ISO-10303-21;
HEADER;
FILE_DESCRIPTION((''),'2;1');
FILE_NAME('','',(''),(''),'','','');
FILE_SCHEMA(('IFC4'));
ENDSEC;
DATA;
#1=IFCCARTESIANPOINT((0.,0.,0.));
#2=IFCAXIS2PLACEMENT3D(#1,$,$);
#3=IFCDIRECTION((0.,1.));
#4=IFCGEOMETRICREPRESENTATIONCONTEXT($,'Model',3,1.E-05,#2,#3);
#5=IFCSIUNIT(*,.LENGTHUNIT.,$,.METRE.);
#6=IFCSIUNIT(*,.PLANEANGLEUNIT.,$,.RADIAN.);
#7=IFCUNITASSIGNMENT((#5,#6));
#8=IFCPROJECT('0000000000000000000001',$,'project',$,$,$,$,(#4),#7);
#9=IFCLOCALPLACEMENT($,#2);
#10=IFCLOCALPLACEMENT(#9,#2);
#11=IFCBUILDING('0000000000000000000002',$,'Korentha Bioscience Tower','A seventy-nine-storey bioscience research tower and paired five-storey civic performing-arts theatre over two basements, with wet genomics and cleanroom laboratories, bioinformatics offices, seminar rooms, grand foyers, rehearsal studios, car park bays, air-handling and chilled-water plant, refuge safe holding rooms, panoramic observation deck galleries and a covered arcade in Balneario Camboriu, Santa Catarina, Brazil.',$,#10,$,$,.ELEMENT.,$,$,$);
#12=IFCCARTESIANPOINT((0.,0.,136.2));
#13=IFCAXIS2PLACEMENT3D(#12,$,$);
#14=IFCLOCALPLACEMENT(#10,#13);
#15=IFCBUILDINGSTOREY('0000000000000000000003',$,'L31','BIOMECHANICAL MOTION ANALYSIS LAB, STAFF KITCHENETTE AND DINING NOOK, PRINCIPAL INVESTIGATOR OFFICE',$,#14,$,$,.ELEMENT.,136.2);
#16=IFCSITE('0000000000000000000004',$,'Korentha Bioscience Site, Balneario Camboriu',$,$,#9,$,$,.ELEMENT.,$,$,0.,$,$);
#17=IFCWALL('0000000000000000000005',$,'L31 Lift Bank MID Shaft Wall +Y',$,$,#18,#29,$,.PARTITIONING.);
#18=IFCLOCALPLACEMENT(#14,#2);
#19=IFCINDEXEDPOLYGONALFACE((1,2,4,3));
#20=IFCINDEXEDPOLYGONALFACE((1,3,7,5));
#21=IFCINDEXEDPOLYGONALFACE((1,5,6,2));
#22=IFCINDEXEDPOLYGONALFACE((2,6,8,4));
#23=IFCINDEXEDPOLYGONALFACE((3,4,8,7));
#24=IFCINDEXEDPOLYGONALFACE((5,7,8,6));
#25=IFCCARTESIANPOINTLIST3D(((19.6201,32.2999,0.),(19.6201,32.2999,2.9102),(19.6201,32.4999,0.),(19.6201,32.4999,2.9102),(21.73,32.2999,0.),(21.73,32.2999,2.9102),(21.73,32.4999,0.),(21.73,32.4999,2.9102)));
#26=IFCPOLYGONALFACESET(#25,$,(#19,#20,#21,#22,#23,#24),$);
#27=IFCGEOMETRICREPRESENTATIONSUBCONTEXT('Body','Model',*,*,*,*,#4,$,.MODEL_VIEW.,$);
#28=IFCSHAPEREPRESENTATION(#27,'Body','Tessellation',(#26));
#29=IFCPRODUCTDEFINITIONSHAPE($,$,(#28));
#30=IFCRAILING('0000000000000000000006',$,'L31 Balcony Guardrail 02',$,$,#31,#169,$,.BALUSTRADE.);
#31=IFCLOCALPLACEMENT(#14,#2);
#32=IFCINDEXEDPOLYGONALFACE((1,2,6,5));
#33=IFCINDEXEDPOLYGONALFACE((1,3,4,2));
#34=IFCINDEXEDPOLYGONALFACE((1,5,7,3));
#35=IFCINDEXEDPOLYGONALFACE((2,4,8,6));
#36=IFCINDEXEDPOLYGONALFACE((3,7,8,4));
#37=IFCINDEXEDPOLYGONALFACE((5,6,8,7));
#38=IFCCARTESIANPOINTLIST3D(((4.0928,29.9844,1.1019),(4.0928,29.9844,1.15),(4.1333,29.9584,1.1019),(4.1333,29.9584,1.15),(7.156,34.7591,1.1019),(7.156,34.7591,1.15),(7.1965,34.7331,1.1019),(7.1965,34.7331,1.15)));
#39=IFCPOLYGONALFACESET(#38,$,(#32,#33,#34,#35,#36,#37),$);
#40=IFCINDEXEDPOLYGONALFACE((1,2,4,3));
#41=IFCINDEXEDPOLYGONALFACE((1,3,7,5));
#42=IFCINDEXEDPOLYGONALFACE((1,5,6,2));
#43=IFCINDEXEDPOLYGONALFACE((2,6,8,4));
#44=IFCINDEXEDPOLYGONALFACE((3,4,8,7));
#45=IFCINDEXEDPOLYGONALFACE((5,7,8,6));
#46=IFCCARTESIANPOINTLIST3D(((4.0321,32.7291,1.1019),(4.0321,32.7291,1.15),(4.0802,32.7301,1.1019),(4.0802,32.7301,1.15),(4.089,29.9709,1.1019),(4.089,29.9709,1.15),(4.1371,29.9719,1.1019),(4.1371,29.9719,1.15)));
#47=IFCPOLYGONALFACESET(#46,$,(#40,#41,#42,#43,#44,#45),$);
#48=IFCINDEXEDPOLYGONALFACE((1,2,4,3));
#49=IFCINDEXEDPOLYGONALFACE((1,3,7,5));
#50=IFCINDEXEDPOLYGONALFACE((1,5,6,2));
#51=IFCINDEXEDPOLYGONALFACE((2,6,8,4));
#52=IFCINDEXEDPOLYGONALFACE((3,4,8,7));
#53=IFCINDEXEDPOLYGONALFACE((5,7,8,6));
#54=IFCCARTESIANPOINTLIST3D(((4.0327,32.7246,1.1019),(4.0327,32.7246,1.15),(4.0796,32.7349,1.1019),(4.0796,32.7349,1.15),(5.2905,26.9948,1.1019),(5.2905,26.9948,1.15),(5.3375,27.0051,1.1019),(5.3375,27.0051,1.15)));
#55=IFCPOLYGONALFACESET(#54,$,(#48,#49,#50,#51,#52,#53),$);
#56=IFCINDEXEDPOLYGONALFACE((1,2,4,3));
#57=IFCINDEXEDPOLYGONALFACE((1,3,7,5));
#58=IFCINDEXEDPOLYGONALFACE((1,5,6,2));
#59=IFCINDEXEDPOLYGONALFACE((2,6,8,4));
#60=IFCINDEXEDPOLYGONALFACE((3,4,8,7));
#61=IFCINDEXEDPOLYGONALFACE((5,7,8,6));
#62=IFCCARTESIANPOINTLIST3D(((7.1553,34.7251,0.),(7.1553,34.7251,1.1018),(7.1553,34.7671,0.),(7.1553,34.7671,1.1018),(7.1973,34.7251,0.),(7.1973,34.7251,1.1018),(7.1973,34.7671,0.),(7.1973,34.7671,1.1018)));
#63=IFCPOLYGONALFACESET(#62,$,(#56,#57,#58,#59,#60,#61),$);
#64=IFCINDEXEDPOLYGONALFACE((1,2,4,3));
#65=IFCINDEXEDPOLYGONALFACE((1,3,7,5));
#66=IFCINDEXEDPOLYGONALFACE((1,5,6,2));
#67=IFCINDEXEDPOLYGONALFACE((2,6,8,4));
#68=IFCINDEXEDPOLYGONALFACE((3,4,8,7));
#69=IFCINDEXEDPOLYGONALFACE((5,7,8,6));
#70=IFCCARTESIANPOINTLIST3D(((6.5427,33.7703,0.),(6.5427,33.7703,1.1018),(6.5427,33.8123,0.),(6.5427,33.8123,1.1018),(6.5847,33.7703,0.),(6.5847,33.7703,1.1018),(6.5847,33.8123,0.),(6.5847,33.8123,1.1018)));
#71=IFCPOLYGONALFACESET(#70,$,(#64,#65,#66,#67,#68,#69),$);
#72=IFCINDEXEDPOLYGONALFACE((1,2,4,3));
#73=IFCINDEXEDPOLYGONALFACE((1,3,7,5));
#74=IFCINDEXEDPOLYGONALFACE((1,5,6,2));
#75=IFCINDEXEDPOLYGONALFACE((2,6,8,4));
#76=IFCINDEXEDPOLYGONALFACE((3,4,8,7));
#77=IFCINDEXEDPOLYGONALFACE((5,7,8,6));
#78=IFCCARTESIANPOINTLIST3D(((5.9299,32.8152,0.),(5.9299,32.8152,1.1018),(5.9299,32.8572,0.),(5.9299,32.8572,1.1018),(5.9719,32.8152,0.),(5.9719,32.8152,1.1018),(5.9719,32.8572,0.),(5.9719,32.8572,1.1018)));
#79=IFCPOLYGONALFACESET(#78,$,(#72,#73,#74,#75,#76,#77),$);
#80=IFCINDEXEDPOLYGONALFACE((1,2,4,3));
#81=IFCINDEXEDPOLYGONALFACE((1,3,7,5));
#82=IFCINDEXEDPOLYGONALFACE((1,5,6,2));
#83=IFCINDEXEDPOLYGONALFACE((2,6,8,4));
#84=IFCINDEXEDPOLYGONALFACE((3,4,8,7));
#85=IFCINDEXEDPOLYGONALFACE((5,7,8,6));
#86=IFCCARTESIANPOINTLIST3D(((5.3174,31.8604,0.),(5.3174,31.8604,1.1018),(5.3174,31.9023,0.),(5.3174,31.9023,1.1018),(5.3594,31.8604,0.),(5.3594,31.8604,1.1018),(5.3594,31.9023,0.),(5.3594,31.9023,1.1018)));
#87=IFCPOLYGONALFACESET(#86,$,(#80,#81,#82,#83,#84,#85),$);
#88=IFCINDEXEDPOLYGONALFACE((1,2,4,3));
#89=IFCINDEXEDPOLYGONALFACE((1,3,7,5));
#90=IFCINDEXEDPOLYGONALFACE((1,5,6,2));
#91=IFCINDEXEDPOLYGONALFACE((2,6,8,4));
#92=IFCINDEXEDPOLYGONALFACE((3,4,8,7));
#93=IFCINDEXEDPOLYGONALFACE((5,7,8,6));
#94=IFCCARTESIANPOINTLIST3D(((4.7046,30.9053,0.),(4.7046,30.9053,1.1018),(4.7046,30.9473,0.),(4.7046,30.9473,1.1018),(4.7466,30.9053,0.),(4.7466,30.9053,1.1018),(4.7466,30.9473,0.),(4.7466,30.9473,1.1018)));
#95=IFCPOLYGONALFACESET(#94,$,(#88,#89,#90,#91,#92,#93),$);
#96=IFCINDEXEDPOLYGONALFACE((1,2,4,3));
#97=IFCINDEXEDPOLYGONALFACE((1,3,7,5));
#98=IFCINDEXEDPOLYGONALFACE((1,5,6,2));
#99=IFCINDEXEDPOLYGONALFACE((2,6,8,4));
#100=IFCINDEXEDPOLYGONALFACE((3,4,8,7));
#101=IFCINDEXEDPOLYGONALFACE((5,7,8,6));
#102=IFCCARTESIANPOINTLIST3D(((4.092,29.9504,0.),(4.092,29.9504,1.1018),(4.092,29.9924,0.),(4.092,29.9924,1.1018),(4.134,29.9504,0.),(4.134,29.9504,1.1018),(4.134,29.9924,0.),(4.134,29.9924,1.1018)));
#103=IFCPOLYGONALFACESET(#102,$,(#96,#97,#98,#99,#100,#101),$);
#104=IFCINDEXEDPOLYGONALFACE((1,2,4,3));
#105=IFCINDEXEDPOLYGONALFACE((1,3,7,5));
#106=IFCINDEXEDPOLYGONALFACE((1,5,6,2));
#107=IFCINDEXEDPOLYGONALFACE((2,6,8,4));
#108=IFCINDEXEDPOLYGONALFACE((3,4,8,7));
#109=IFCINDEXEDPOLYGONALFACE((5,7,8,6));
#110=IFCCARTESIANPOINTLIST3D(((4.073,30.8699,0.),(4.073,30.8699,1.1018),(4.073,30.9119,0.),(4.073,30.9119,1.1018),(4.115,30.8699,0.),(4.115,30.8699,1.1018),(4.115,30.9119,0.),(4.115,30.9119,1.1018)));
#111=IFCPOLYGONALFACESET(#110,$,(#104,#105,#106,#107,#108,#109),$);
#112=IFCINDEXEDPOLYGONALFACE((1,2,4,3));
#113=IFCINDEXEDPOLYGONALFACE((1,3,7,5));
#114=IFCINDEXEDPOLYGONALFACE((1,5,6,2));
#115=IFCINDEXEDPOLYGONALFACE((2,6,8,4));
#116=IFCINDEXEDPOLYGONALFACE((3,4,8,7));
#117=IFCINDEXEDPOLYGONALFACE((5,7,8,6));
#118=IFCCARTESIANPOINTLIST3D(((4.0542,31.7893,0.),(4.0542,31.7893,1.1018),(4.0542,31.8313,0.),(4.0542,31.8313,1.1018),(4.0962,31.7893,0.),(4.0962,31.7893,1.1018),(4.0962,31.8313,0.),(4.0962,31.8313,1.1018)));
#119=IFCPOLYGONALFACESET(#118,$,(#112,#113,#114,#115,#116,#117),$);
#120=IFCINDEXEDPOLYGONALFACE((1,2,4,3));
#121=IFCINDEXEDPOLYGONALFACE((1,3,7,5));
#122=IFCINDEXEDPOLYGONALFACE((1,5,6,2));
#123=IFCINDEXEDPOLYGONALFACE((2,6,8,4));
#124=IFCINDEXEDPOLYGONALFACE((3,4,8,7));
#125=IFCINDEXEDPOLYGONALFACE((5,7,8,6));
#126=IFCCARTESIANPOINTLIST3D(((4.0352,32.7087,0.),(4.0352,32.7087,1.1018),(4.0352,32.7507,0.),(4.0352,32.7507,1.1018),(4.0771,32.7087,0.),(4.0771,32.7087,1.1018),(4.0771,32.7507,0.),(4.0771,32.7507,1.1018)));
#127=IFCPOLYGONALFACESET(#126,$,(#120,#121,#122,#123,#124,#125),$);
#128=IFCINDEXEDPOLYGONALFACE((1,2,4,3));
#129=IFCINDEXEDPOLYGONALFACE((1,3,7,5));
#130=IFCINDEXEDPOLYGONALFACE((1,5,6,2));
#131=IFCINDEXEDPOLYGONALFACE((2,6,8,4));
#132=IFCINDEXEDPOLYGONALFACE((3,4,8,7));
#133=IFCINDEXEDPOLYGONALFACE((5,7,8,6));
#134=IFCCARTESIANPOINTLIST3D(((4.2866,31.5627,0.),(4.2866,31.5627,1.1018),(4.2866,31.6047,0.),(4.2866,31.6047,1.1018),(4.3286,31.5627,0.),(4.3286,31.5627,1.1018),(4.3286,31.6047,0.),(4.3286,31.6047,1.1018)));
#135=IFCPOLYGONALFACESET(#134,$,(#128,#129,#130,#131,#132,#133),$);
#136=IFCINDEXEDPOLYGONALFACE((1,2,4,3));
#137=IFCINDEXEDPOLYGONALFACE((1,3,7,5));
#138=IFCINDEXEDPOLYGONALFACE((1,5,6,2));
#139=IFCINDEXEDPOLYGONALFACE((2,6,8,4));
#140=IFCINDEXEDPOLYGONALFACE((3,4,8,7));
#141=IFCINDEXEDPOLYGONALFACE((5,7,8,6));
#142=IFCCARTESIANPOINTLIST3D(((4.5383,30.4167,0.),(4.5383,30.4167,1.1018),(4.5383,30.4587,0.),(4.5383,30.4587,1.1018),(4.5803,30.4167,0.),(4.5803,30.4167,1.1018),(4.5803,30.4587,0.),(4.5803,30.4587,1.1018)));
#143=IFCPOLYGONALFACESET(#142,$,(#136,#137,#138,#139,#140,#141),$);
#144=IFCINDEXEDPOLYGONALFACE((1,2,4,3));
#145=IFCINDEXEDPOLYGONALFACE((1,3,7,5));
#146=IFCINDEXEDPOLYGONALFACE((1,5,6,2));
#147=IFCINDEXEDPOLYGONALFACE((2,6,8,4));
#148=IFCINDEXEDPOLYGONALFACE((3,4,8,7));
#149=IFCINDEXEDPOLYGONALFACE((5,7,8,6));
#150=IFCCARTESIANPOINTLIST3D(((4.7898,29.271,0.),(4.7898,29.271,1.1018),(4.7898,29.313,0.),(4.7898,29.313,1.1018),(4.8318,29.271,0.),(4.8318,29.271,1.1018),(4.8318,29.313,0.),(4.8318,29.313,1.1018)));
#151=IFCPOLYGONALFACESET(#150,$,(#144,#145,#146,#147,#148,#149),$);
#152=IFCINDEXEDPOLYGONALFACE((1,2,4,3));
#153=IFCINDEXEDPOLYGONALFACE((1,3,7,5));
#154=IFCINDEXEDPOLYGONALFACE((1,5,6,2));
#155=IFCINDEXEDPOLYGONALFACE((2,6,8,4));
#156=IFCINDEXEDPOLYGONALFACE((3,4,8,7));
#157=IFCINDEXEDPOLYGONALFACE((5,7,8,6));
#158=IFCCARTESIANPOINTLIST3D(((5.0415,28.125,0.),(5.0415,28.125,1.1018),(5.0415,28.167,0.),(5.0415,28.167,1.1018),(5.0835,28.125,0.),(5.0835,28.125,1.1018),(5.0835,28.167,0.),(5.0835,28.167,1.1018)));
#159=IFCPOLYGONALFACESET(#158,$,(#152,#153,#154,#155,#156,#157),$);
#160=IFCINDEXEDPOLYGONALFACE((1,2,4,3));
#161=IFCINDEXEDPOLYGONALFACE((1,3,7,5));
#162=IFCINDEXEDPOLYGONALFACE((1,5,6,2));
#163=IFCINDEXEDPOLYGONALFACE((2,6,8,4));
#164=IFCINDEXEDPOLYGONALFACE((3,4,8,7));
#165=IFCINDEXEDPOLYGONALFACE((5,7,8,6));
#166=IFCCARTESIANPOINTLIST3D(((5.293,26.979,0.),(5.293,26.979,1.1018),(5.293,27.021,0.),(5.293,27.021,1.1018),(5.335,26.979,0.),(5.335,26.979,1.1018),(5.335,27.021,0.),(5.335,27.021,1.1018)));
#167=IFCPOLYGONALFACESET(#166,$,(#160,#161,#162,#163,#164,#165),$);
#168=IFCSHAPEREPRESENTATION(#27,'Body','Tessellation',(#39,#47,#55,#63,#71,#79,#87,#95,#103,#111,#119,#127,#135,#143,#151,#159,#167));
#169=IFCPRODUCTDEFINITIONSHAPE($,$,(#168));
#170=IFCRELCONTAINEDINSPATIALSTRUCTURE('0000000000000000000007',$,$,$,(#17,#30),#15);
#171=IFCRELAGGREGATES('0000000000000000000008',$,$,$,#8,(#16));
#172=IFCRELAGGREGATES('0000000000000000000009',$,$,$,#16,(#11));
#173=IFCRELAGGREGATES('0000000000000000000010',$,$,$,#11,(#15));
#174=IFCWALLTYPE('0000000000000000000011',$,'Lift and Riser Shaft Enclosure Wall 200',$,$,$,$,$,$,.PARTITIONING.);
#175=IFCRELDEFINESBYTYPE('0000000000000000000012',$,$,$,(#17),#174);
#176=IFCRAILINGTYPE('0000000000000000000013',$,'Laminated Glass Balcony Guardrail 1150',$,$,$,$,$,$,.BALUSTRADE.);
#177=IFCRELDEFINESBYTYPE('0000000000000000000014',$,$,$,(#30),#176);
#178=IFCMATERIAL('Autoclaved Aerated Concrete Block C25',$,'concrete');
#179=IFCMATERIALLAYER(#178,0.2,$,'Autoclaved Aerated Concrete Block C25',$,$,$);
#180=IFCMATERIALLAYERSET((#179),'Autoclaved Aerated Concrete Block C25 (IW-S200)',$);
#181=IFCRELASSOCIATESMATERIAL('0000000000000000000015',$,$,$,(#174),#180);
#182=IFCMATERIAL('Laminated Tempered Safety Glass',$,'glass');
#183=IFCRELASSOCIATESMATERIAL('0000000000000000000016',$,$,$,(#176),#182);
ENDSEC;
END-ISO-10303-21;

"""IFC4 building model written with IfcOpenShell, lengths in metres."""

from ifc_helpers import new_model, si_unit, direction, frame, frame_2d, origin, origin_2d, place, context, subcontext, project, spatial, rectangle, extrude, material, layer, layer_set, type_object, element, save


model = new_model("IFC4")

# Units and contexts
model_context = context("Model", 3, precision=1e-05, world=origin(), true_north=direction((0.0, 1.0)))
body_context = subcontext(model_context, "Body", "Model", "MODEL_VIEW")
ifc_project = project(units=[si_unit("LENGTHUNIT", "METRE"), si_unit("PLANEANGLEUNIT", "RADIAN")], contexts=[model_context])

# Site, building, storey
site_placement = place(None, origin())
site = spatial("IfcSite", under=ifc_project, at=site_placement, Name="Korentha Bioscience Site, Balneario Camboriu", CompositionType="ELEMENT", RefElevation=0.0)
building_placement = place(site_placement, origin())
building = spatial("IfcBuilding", under=site, at=building_placement, Name="Korentha Bioscience Tower", Description="A seventy-nine-storey bioscience research tower and paired five-storey civic performing-arts theatre over two basements, with wet genomics and cleanroom laboratories, bioinformatics offices, seminar rooms, grand foyers, rehearsal studios, car park bays, air-handling and chilled-water plant, refuge safe holding rooms, panoramic observation deck galleries and a covered arcade in Balneario Camboriu, Santa Catarina, Brazil.", CompositionType="ELEMENT")
storey_placement = place(building_placement, frame((0.0, 0.0, 136.2)))
storey = spatial("IfcBuildingStorey", under=building, at=storey_placement, Name="L31", Description="BIOMECHANICAL MOTION ANALYSIS LAB, STAFF KITCHENETTE AND DINING NOOK, PRINCIPAL INVESTIGATOR OFFICE", CompositionType="ELEMENT", Elevation=136.2)

# Wall
ifc_material_1 = material(Name="Autoclaved Aerated Concrete Block C25", Category="concrete")
ifc_layer_1 = layer(ifc_material_1, 0.2, Name="Autoclaved Aerated Concrete Block C25")
ifc_layer_set_1 = layer_set([ifc_layer_1], Name="Autoclaved Aerated Concrete Block C25 (IW-S200)")
wall_type_1 = type_object("IfcWallType", Name="Lift and Riser Shaft Enclosure Wall 200", PredefinedType="PARTITIONING", material=ifc_layer_set_1)
wall_1_placement = place(storey_placement, frame((19.6201, 32.3999, 0.0), z_axis=(0.0, 0.0, 1.0), x_axis=(1.0, 0.0, 0.0)))
element("IfcWall", 1, at=wall_1_placement, inside=storey, type_object=wall_type_1, Name="L31 Lift Bank MID Shaft Wall +Y", PredefinedType="PARTITIONING", context=body_context, shape_type="SweptSolid", body=[
    extrude(rectangle(XDim=2.1099, YDim=0.2, at=frame_2d((1.0549, 0.0))), origin(), (0.0, 0.0, 1.0), 2.9102),
])

# Railing
ifc_material_2 = material(Name="Laminated Tempered Safety Glass", Category="glass")
railing_type = type_object("IfcRailingType", Name="Laminated Glass Balcony Guardrail 1150", PredefinedType="BALUSTRADE", material=ifc_material_2)
railing_placement = place(storey_placement, frame((7.1763, 34.7461, 0.0)))
element("IfcRailing", 2, at=railing_placement, inside=storey, type_object=railing_type, Name="L31 Balcony Guardrail 02", PredefinedType="BALUSTRADE", context=body_context, shape_type="SweptSolid", body=[
    extrude(rectangle(XDim=0.0481, YDim=0.0481, at=origin_2d()), frame((0.0, 0.0, 1.126), z_axis=(-0.539985, -0.841675, 0.0), x_axis=(0.841675, -0.539985, 0.0)), (0.0, 0.0, 1.0), 5.6729),
    extrude(rectangle(XDim=0.0481, YDim=0.0481, at=origin_2d()), frame((-3.0632, -4.7747, 1.126), z_axis=(-0.020619, 0.999787, 0.0), x_axis=(-0.999787, -0.020619, 0.0)), (0.0, 0.0, 1.0), 2.7588),
    extrude(rectangle(XDim=0.0481, YDim=0.0481, at=origin_2d()), frame((-3.1201, -2.0164, 1.126), z_axis=(0.214418, -0.976742, 0.0), x_axis=(0.976742, 0.214418, 0.0)), (0.0, 0.0, 1.0), 5.8662),
    extrude(rectangle(XDim=0.042, YDim=0.042, at=origin_2d()), origin(), (0.0, 0.0, 1.0), 1.1018),
    extrude(rectangle(XDim=0.042, YDim=0.042, at=origin_2d()), frame((-0.6125, -0.9548, 0.0)), (0.0, 0.0, 1.0), 1.1018),
    extrude(rectangle(XDim=0.042, YDim=0.042, at=origin_2d()), frame((-1.2253, -1.9099, 0.0)), (0.0, 0.0, 1.0), 1.1018),
    extrude(rectangle(XDim=0.042, YDim=0.042, at=origin_2d()), frame((-1.8379, -2.8647, 0.0)), (0.0, 0.0, 1.0), 1.1018),
    extrude(rectangle(XDim=0.042, YDim=0.042, at=origin_2d()), frame((-2.4507, -3.8198, 0.0)), (0.0, 0.0, 1.0), 1.1018),
    extrude(rectangle(XDim=0.042, YDim=0.042, at=origin_2d()), frame((-3.0632, -4.7747, 0.0)), (0.0, 0.0, 1.0), 1.1018),
    extrude(rectangle(XDim=0.042, YDim=0.042, at=origin_2d()), frame((-3.0823, -3.8552, 0.0)), (0.0, 0.0, 1.0), 1.1018),
    extrude(rectangle(XDim=0.042, YDim=0.042, at=origin_2d()), frame((-3.1011, -2.9358, 0.0)), (0.0, 0.0, 1.0), 1.1018),
    extrude(rectangle(XDim=0.042, YDim=0.042, at=origin_2d()), frame((-3.1201, -2.0164, 0.0)), (0.0, 0.0, 1.0), 1.1018),
    extrude(rectangle(XDim=0.042, YDim=0.042, at=origin_2d()), frame((-2.8687, -3.1624, 0.0)), (0.0, 0.0, 1.0), 1.1018),
    extrude(rectangle(XDim=0.042, YDim=0.042, at=origin_2d()), frame((-2.6169, -4.3083, 0.0)), (0.0, 0.0, 1.0), 1.1018),
    extrude(rectangle(XDim=0.042, YDim=0.042, at=origin_2d()), frame((-2.3655, -5.4541, 0.0)), (0.0, 0.0, 1.0), 1.1018),
    extrude(rectangle(XDim=0.042, YDim=0.042, at=origin_2d()), frame((-2.1138, -6.6001, 0.0)), (0.0, 0.0, 1.0), 1.1018),
    extrude(rectangle(XDim=0.042, YDim=0.042, at=origin_2d()), frame((-1.8623, -7.7461, 0.0)), (0.0, 0.0, 1.0), 1.1018),
])

save(model, "model.ifc")
